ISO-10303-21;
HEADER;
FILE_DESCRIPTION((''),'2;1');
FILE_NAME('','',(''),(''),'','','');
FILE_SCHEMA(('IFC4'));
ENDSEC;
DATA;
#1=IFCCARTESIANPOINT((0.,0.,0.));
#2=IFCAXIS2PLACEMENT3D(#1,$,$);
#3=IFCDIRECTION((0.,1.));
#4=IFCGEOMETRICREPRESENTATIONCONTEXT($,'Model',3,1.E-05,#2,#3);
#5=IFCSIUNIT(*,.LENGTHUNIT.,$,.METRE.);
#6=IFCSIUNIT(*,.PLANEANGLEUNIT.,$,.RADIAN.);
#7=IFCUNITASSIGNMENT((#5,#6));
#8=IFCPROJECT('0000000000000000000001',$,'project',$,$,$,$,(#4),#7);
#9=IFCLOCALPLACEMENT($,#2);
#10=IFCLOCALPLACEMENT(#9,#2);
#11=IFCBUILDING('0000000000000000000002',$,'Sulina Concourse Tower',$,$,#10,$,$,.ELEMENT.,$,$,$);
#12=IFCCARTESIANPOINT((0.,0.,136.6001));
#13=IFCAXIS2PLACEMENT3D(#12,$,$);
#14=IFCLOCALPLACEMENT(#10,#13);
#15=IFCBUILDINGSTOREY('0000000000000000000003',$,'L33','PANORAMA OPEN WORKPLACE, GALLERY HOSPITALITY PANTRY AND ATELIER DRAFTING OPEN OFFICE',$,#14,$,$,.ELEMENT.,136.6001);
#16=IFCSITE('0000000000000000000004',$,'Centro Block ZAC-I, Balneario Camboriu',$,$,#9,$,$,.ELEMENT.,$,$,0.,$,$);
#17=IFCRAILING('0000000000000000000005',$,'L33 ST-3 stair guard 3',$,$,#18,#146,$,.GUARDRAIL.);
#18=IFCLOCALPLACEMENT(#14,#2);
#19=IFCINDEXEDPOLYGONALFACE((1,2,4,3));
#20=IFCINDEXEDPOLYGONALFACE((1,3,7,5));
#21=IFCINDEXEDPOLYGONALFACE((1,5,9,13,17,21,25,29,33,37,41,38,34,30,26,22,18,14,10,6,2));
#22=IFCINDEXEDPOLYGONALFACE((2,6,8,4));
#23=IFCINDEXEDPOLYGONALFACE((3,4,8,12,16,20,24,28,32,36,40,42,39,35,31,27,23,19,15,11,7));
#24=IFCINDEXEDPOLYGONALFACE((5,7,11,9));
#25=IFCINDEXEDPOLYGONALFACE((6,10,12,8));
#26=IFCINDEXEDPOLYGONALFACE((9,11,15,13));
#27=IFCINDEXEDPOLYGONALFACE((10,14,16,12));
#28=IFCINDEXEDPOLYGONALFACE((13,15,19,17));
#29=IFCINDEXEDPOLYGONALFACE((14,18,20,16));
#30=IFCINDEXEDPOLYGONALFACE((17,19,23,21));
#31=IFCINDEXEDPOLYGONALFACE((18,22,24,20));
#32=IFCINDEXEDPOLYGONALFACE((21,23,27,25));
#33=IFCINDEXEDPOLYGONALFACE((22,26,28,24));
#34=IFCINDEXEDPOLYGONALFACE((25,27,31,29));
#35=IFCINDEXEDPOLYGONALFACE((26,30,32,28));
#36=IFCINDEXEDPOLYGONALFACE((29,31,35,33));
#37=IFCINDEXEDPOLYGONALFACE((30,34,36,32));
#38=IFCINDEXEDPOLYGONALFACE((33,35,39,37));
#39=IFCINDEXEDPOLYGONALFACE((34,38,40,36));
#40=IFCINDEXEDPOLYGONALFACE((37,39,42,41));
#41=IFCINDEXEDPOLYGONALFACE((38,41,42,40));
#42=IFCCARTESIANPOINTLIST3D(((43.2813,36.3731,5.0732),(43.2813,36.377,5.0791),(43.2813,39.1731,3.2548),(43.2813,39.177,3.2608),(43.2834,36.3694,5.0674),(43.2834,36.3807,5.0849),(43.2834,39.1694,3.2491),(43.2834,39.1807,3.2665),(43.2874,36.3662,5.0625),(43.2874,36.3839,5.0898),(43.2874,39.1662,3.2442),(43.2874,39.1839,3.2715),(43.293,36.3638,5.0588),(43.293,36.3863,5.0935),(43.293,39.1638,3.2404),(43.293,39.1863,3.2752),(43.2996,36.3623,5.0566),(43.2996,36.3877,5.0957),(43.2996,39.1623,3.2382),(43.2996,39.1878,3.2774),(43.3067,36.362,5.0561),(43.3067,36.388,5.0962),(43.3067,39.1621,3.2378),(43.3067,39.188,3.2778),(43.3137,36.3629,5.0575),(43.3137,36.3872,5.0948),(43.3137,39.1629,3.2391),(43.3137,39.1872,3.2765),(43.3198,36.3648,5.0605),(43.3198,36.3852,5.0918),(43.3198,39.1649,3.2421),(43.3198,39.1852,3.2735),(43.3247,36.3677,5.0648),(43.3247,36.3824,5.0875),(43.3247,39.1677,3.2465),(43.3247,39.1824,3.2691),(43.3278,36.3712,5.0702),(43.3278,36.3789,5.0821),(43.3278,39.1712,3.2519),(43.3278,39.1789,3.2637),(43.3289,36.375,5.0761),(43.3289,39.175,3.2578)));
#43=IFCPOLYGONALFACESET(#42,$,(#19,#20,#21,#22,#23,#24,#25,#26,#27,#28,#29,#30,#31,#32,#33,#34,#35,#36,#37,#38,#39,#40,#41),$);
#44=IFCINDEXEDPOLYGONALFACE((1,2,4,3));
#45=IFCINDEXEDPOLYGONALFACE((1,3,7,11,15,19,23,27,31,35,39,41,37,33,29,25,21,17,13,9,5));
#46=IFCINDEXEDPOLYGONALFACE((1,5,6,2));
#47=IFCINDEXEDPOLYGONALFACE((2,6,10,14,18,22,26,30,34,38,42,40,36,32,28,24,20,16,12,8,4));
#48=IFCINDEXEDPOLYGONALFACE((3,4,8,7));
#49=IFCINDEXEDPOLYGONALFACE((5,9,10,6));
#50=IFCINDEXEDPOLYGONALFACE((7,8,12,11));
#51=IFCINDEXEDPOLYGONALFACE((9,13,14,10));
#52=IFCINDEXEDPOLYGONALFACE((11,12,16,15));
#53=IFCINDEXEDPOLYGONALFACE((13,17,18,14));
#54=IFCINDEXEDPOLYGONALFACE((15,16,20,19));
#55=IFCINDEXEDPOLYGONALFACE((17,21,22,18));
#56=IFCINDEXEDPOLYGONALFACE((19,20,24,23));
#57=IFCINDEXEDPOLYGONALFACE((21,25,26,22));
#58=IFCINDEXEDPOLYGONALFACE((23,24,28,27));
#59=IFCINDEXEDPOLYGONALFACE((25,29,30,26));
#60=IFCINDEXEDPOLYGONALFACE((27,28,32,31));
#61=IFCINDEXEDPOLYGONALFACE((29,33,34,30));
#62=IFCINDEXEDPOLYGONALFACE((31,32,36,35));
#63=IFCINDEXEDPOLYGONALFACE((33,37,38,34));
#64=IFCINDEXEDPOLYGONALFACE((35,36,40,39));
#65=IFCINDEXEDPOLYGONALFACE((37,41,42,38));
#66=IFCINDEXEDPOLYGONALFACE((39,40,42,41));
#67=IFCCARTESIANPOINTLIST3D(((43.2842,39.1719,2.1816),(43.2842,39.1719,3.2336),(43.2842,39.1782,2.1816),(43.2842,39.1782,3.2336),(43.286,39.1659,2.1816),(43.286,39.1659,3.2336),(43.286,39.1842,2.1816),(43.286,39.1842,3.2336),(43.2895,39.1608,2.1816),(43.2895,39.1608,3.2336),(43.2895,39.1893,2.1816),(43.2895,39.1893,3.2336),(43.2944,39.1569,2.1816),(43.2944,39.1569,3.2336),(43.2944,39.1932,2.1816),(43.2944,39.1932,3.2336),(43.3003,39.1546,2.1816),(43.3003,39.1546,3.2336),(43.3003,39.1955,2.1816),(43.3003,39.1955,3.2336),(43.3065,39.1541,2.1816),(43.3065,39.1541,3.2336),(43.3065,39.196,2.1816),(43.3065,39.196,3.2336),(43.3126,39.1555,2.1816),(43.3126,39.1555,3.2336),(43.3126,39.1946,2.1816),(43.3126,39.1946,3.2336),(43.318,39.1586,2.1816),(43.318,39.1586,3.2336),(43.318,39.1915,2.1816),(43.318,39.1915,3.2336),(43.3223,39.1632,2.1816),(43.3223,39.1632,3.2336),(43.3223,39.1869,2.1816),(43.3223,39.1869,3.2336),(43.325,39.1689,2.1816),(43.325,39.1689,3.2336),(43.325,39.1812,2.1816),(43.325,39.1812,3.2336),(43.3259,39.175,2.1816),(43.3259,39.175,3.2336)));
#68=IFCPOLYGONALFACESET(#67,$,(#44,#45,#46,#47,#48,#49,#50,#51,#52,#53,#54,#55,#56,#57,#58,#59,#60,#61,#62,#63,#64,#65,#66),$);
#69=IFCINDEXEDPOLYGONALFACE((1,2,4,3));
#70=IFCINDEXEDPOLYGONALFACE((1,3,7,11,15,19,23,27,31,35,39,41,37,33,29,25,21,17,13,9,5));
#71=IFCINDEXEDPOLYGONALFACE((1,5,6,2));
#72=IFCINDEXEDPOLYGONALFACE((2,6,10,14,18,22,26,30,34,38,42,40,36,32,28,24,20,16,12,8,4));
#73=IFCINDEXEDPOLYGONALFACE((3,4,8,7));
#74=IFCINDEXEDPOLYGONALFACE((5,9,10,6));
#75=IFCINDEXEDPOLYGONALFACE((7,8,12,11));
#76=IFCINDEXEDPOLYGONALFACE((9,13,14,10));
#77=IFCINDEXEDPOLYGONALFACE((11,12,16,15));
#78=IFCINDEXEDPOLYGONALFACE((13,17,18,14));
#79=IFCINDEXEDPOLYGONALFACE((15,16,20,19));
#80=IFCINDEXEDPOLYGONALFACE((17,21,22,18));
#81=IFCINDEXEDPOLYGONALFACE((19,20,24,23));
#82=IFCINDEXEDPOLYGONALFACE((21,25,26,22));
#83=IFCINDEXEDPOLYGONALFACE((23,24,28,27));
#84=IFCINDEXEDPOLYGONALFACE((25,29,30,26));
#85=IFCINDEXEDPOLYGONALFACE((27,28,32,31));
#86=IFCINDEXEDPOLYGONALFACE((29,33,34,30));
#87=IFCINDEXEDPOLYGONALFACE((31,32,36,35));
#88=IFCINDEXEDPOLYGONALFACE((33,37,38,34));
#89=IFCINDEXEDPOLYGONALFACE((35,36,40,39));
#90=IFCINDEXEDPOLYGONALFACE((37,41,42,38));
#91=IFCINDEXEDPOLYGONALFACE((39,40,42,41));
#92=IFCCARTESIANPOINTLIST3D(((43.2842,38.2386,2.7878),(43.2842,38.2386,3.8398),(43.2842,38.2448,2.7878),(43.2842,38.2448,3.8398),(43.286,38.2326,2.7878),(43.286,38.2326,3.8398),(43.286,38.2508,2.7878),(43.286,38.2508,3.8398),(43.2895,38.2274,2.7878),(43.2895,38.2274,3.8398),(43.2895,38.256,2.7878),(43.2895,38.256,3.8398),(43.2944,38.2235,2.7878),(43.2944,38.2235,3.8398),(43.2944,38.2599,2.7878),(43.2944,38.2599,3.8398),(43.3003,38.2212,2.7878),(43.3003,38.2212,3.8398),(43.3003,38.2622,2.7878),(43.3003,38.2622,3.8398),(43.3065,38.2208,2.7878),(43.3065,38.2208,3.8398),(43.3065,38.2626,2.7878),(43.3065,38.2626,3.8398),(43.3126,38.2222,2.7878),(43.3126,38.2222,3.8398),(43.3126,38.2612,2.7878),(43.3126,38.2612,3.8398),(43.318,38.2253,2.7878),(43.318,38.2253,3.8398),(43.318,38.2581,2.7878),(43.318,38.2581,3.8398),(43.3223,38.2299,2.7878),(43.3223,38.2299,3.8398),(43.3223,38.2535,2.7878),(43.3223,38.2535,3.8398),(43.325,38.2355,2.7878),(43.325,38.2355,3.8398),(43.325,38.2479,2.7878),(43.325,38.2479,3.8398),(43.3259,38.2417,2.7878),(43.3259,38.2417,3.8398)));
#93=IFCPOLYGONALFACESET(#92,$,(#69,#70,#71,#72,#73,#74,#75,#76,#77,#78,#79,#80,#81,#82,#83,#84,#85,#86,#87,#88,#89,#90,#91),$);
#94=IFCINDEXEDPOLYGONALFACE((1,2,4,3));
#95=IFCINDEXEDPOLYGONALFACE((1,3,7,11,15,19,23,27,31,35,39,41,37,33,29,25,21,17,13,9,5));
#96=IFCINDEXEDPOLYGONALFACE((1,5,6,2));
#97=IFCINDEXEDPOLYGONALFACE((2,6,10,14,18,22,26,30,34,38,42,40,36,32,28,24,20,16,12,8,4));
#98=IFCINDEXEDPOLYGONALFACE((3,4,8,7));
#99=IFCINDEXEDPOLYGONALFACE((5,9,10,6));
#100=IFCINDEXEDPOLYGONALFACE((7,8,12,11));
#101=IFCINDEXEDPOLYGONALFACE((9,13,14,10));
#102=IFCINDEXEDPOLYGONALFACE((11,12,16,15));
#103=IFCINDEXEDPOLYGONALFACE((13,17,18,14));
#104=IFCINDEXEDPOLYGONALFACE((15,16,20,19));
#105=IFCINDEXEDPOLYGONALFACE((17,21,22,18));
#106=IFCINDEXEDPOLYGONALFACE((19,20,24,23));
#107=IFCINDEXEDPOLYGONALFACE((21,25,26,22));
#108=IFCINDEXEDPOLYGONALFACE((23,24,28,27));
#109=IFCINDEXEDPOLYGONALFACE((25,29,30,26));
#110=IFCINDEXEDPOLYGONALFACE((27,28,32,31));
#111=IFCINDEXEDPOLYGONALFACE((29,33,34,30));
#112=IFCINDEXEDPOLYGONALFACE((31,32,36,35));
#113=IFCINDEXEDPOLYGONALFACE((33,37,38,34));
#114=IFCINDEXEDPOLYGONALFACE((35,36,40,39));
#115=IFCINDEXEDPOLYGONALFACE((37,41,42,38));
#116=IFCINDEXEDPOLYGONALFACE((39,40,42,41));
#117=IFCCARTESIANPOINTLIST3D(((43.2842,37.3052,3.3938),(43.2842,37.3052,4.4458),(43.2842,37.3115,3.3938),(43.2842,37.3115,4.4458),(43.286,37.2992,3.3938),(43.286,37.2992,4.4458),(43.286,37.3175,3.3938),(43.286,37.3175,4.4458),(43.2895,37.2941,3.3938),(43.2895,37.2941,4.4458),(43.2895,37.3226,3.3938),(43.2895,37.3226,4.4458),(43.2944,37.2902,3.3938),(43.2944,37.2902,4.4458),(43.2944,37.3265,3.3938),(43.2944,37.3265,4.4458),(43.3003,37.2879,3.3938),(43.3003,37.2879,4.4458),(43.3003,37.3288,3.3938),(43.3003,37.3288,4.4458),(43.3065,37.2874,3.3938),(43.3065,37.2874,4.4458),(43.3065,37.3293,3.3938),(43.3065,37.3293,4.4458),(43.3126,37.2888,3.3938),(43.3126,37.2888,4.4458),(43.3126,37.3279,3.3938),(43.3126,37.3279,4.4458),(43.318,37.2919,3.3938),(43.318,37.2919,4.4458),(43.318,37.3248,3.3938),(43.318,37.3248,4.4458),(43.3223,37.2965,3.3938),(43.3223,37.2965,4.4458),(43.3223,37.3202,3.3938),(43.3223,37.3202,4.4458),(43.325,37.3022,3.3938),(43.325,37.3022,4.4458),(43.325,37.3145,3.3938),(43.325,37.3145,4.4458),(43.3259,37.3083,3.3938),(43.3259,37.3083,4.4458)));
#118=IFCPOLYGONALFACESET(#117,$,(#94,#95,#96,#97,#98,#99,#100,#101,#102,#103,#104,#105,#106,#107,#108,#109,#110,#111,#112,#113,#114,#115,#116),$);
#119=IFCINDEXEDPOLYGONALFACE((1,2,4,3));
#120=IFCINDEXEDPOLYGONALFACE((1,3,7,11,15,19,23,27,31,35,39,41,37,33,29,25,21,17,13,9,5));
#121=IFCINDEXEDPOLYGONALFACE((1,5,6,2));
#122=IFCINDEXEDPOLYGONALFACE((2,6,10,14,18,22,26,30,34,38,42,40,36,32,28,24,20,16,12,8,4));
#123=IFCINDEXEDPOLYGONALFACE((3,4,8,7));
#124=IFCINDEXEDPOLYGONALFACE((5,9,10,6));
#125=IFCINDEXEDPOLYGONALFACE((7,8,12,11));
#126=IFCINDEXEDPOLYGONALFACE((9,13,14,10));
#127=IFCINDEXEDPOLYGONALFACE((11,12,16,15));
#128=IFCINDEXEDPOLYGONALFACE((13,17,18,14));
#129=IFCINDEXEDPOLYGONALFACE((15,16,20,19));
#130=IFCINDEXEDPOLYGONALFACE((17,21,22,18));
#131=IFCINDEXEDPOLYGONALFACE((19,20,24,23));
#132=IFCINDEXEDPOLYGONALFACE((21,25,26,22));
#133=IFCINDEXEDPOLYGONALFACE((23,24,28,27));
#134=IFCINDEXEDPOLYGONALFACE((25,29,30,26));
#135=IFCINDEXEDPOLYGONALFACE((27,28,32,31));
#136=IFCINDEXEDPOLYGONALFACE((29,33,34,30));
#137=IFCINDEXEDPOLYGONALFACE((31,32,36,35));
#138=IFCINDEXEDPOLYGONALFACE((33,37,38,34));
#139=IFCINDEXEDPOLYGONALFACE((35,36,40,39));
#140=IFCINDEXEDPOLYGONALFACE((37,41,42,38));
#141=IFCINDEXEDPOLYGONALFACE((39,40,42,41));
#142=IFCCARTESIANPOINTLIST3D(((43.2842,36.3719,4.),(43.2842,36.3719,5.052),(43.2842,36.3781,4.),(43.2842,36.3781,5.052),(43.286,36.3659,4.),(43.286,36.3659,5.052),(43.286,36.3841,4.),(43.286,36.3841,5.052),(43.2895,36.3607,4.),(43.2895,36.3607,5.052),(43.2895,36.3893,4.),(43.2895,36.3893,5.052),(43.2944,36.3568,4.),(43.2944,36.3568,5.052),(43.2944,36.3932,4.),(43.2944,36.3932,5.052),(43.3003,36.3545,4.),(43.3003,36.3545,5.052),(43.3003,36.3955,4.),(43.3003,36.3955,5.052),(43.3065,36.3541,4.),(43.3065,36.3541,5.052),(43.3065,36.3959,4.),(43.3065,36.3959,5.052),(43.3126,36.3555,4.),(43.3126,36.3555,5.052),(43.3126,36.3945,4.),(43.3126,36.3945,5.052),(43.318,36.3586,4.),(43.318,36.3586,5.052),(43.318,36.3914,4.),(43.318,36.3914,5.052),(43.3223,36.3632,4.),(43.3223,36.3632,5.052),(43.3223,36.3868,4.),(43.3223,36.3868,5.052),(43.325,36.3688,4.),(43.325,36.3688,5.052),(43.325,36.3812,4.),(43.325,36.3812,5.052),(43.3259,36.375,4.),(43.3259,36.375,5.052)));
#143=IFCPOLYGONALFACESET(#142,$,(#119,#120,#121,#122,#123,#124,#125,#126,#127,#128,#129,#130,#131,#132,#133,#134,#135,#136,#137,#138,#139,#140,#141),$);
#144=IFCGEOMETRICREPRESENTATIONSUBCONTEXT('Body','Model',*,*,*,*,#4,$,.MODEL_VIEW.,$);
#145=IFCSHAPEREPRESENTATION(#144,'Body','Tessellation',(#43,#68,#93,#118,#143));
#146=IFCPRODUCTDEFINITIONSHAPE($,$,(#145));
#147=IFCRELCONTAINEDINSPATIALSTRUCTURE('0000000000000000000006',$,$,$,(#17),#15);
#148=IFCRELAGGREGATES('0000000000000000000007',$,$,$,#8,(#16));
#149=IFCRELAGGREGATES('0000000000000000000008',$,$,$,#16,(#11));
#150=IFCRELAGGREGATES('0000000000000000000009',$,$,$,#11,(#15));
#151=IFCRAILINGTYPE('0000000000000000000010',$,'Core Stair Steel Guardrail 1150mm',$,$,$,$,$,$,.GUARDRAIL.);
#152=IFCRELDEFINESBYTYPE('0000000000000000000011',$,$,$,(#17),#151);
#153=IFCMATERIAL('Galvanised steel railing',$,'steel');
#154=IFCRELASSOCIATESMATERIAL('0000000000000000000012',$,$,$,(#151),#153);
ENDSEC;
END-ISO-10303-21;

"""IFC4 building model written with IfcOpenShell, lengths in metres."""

from ifc_helpers import new_model, si_unit, direction, frame, origin, origin_2d, place, context, subcontext, project, spatial, circle, extrude, material, type_object, element, save


model = new_model("IFC4")

# Units and contexts
model_context = context("Model", 3, precision=1e-05, world=origin(), true_north=direction((0.0, 1.0)))
body_context = subcontext(model_context, "Body", "Model", "MODEL_VIEW")
ifc_project = project(units=[si_unit("LENGTHUNIT", "METRE"), si_unit("PLANEANGLEUNIT", "RADIAN")], contexts=[model_context])

# Site, building, storey
site_placement = place(None, origin())
site = spatial("IfcSite", under=ifc_project, at=site_placement, Name="Centro Block ZAC-I, Balneario Camboriu", CompositionType="ELEMENT", RefElevation=0.0)
building_placement = place(site_placement, origin())
building = spatial("IfcBuilding", under=site, at=building_placement, Name="Sulina Concourse Tower", CompositionType="ELEMENT")
storey_placement = place(building_placement, frame((0.0, 0.0, 136.6001)))
storey = spatial("IfcBuildingStorey", under=building, at=storey_placement, Name="L33", Description="PANORAMA OPEN WORKPLACE, GALLERY HOSPITALITY PANTRY AND ATELIER DRAFTING OPEN OFFICE", CompositionType="ELEMENT", Elevation=136.6001)

# Railing
ifc_material_1 = material(Name="Galvanised steel railing", Category="steel")
railing_type_1 = type_object("IfcRailingType", Name="Core Stair Steel Guardrail 1150mm", PredefinedType="GUARDRAIL", material=ifc_material_1)
railing_1_placement = place(storey_placement, frame((43.3049, 39.175, 2.1816)))
element("IfcRailing", 1, at=railing_1_placement, inside=storey, type_object=railing_type_1, Name="L33 ST-3 stair guard 3", PredefinedType="GUARDRAIL", context=body_context, shape_type="SweptSolid", body=[
    extrude(circle(Radius=0.0239, at=origin_2d()), frame((0.0, 0.0, 1.0762), z_axis=(0.0, -0.838672, 0.544636), x_axis=(1.0, 0.0, 0.0)), (0.0, 0.0, 1.0), 3.3386),
    extrude(circle(Radius=0.021, at=origin_2d()), origin(), (0.0, 0.0, 1.0), 1.052),
    extrude(circle(Radius=0.021, at=origin_2d()), frame((0.0, -0.9333, 0.6062)), (0.0, 0.0, 1.0), 1.052),
    extrude(circle(Radius=0.021, at=origin_2d()), frame((0.0, -1.8667, 1.2122)), (0.0, 0.0, 1.0), 1.052),
    extrude(circle(Radius=0.021, at=origin_2d()), frame((0.0, -2.8, 1.8184)), (0.0, 0.0, 1.0), 1.052),
])

save(model, "model.ifc")
